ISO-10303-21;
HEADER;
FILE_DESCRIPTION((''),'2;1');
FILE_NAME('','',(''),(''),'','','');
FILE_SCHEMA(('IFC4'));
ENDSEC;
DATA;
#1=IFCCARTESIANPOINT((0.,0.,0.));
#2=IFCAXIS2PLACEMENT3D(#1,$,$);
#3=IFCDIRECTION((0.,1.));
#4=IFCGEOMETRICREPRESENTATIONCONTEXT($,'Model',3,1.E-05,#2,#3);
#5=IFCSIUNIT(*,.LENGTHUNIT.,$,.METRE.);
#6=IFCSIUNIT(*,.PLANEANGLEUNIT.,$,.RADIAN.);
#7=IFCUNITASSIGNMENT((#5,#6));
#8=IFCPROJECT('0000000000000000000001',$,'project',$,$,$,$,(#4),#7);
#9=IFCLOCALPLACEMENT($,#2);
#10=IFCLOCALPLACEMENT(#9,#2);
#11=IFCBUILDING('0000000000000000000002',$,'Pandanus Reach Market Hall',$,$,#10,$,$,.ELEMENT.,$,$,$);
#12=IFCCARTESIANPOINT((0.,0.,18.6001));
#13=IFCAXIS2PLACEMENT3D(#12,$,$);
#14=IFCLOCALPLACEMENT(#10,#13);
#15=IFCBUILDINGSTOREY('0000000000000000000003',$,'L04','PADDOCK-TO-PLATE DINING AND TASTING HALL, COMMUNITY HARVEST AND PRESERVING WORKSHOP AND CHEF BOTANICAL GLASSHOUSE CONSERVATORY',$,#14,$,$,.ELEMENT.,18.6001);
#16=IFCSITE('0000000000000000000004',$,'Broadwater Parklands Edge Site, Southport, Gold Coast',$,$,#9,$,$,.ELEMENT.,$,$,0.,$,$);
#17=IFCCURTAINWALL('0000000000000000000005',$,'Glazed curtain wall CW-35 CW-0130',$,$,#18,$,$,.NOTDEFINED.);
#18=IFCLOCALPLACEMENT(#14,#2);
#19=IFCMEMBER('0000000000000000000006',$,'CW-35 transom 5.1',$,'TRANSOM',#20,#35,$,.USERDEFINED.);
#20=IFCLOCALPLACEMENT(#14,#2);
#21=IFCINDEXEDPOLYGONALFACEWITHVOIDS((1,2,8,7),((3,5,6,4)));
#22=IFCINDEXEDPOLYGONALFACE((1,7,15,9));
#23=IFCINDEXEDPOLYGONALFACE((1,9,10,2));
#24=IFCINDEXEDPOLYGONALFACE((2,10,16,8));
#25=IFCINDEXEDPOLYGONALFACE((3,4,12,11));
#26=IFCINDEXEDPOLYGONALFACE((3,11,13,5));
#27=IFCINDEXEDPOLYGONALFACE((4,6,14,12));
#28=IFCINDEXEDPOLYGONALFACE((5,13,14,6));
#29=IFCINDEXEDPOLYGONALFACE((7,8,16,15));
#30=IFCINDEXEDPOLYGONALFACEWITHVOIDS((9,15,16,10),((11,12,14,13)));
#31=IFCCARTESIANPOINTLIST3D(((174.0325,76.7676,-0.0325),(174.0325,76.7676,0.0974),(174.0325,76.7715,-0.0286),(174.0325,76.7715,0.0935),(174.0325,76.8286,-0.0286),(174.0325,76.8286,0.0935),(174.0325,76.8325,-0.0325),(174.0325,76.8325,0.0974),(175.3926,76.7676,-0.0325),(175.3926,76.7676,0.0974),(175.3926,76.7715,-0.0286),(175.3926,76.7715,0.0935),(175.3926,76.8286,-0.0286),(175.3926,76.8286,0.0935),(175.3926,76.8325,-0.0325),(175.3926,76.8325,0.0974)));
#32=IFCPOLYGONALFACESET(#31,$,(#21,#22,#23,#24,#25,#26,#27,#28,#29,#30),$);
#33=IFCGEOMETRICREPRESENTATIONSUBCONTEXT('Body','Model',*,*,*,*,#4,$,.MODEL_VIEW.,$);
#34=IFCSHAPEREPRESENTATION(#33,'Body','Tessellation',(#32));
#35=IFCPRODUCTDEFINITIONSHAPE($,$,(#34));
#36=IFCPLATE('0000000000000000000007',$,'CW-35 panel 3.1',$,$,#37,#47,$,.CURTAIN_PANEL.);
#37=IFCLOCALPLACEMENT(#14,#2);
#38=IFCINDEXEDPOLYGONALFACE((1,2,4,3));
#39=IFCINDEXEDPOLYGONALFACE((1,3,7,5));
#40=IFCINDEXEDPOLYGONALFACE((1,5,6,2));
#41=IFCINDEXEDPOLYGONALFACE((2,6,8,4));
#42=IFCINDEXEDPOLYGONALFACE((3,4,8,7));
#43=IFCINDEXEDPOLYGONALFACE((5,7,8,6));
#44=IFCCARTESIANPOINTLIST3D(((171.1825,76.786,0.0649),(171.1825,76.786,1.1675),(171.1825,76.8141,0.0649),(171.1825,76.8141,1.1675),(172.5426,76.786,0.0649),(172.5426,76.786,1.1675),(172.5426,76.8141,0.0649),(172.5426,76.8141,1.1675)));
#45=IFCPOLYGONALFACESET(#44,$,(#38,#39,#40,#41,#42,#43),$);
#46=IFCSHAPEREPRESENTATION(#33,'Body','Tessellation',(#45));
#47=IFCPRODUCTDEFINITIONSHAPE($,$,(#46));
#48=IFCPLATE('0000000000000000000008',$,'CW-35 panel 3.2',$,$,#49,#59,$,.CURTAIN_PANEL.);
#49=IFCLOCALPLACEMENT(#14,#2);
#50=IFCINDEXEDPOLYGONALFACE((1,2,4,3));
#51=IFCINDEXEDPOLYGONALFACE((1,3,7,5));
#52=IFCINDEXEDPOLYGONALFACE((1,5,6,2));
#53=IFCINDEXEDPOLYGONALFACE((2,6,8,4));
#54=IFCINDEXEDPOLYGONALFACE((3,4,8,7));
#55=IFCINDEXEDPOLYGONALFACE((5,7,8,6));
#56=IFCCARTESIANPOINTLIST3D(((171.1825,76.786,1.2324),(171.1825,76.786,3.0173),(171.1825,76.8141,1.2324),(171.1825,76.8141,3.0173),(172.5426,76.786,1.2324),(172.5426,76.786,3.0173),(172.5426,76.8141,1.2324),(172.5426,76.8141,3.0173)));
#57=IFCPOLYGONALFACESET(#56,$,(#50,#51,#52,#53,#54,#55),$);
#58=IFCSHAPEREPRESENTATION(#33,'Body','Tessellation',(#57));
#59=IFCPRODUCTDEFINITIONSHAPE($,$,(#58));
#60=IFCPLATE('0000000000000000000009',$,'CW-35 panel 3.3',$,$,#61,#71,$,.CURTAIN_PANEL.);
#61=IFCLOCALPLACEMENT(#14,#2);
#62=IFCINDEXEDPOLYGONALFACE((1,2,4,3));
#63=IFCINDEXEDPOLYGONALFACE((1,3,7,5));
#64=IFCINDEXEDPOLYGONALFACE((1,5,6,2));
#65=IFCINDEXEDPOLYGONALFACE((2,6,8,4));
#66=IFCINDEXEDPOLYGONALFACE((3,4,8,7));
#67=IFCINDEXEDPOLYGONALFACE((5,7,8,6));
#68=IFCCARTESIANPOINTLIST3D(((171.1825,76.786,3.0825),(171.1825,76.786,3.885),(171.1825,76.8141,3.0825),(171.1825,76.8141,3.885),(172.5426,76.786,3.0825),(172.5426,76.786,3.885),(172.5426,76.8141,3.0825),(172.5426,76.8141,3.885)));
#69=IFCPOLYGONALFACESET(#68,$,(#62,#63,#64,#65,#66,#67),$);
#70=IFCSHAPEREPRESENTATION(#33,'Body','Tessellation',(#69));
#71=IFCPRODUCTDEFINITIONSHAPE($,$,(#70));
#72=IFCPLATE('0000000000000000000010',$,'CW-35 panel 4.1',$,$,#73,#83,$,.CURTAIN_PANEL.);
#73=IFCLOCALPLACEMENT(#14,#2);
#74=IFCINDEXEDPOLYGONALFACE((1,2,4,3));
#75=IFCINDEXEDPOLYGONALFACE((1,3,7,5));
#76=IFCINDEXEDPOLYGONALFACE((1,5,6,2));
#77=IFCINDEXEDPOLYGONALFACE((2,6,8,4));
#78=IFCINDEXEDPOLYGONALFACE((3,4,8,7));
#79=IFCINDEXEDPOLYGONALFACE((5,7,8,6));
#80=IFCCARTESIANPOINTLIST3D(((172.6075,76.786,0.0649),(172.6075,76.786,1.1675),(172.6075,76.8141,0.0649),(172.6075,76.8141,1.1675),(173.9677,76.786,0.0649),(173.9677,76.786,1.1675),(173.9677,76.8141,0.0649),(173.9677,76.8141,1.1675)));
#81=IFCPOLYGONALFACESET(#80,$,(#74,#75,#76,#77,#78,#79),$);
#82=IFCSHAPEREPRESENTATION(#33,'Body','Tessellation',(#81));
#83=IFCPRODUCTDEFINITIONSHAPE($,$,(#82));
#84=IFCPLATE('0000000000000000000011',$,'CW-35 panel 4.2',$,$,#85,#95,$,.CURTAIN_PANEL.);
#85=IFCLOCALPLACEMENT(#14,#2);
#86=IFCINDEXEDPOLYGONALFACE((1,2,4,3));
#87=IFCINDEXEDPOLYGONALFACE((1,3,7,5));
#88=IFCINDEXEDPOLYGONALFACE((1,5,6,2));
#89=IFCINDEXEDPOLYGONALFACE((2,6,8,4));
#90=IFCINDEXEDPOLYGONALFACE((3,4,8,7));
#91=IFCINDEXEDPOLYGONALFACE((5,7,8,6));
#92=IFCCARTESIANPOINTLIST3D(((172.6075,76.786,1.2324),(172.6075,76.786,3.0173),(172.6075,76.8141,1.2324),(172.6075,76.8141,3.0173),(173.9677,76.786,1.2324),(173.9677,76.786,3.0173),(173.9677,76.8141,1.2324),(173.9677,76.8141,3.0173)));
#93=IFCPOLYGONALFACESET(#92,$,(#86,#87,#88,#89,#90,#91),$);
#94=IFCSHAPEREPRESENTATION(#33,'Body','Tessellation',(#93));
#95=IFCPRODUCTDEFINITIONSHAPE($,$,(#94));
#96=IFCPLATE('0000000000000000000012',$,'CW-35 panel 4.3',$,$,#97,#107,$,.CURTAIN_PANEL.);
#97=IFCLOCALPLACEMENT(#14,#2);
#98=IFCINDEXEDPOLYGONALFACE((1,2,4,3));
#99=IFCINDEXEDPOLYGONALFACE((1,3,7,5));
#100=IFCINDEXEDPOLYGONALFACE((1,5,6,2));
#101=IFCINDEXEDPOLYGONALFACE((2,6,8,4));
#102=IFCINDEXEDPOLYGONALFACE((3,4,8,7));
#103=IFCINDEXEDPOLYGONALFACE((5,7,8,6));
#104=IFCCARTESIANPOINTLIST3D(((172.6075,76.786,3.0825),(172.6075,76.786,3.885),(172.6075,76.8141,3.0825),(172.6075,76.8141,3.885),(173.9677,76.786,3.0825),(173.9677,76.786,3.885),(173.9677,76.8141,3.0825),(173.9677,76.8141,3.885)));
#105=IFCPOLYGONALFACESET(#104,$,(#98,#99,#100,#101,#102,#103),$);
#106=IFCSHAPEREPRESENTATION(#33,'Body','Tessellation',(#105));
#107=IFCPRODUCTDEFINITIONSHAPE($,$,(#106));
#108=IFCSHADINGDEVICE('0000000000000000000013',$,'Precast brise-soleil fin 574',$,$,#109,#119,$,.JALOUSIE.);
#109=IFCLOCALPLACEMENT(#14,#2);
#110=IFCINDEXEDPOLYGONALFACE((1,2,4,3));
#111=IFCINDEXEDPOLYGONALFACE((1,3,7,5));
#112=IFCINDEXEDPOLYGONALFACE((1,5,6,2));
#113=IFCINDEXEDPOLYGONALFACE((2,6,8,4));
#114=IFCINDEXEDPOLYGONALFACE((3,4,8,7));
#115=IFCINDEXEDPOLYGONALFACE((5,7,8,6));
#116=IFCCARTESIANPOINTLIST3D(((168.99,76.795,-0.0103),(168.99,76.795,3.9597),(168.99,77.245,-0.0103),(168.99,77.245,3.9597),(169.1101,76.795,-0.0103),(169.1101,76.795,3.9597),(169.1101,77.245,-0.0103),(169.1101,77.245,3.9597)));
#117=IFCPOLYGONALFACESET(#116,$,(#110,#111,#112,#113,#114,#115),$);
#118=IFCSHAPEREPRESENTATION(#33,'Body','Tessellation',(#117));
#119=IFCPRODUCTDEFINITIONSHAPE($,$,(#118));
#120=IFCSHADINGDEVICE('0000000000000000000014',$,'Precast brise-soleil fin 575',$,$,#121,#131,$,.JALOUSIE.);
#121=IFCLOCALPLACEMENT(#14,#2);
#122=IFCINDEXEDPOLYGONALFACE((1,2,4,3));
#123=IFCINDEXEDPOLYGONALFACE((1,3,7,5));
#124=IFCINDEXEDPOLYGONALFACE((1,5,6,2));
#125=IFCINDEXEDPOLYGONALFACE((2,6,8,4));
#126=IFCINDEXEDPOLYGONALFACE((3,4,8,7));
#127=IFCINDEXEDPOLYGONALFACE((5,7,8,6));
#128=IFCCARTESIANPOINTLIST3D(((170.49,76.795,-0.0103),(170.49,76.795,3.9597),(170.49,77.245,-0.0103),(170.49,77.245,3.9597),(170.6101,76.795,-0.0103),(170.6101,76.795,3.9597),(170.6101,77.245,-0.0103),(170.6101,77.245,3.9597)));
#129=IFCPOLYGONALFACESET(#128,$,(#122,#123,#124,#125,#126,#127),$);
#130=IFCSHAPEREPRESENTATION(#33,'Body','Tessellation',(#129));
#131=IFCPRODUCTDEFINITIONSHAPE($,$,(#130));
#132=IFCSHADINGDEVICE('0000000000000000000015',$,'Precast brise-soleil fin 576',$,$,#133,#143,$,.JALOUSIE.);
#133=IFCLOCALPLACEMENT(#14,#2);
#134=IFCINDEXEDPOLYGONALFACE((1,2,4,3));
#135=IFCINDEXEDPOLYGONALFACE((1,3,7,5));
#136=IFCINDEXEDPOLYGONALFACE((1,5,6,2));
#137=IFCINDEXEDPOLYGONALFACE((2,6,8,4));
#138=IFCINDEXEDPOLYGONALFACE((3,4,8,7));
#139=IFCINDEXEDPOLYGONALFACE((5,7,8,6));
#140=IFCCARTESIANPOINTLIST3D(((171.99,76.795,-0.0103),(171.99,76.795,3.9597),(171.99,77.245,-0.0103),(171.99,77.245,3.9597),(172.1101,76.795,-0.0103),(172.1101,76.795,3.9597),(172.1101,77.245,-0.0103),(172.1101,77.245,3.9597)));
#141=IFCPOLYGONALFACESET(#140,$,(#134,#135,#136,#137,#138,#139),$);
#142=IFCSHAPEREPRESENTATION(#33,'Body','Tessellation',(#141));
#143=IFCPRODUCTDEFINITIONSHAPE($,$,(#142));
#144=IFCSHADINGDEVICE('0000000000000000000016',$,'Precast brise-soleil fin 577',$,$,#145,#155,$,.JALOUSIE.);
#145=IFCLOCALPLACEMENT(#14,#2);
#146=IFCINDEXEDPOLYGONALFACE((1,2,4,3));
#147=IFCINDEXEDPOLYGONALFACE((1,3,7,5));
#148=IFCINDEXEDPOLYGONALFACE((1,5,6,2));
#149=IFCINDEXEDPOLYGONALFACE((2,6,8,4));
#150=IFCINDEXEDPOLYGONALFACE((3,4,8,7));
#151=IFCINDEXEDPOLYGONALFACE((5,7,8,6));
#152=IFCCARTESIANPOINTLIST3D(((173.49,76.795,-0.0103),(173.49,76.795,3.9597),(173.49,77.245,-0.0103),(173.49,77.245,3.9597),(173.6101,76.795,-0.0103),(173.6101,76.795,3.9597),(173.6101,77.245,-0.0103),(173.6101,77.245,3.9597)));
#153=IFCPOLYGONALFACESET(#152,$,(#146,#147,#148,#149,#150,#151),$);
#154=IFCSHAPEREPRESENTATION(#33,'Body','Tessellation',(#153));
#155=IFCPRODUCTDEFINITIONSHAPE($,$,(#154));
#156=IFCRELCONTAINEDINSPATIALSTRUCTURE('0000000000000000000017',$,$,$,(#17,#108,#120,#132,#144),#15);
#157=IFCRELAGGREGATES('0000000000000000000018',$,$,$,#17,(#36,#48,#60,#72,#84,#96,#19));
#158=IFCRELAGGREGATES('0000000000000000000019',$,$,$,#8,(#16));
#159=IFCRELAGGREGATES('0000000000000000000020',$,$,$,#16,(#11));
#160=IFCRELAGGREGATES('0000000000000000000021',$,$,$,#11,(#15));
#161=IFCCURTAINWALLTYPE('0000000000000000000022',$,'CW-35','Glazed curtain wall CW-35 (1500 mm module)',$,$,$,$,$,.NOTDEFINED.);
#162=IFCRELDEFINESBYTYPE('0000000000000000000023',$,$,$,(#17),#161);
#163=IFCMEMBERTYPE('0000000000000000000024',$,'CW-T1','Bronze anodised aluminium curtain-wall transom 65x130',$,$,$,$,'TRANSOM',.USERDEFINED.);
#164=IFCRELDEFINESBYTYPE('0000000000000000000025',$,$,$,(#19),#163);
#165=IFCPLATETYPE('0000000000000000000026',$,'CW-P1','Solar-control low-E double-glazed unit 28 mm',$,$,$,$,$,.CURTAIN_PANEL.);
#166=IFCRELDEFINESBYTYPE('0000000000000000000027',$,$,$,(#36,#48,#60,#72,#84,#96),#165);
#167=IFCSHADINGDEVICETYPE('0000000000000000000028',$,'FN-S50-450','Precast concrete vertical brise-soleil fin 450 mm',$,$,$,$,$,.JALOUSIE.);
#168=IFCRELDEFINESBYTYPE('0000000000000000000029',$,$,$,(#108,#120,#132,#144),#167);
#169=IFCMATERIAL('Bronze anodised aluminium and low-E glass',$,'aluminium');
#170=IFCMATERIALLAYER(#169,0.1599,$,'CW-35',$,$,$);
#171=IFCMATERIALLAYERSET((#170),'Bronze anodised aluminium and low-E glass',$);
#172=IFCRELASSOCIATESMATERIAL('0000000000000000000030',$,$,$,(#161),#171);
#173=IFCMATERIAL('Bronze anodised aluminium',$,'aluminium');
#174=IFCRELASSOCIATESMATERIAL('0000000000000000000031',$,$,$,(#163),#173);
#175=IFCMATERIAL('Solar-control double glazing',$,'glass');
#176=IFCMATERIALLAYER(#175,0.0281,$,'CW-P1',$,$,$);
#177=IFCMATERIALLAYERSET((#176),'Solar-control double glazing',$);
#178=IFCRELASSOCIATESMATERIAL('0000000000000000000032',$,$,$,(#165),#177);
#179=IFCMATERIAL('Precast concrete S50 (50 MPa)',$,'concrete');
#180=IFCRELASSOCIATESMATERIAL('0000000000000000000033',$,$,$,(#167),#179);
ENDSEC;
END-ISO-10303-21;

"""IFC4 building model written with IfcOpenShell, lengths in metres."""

from ifc_helpers import new_model, si_unit, direction, frame, origin, origin_2d, place, context, subcontext, project, spatial, rectangle, hollow_rectangle, extrude, material, layer, layer_set, material_profile, profile_set, type_object, element, aggregate, save


model = new_model("IFC4")

# Units and contexts
model_context = context("Model", 3, precision=1e-05, world=origin(), true_north=direction((0.0, 1.0)))
body_context = subcontext(model_context, "Body", "Model", "MODEL_VIEW")
ifc_project = project(units=[si_unit("LENGTHUNIT", "METRE"), si_unit("PLANEANGLEUNIT", "RADIAN")], contexts=[model_context])

# Site, building, storey
site_placement = place(None, origin())
site = spatial("IfcSite", under=ifc_project, at=site_placement, Name="Broadwater Parklands Edge Site, Southport, Gold Coast", CompositionType="ELEMENT", RefElevation=0.0)
building_placement = place(site_placement, origin())
building = spatial("IfcBuilding", under=site, at=building_placement, Name="Pandanus Reach Market Hall", CompositionType="ELEMENT")
storey_placement = place(building_placement, frame((0.0, 0.0, 18.6001)))
storey = spatial("IfcBuildingStorey", under=building, at=storey_placement, Name="L04", Description="PADDOCK-TO-PLATE DINING AND TASTING HALL, COMMUNITY HARVEST AND PRESERVING WORKSHOP AND CHEF BOTANICAL GLASSHOUSE CONSERVATORY", CompositionType="ELEMENT", Elevation=18.6001)

# Curtain wall, member, plates
ifc_material_1 = material(Name="Bronze anodised aluminium and low-E glass", Category="aluminium")
ifc_layer_1 = layer(ifc_material_1, 0.1599, Name="CW-35")
ifc_layer_set_1 = layer_set([ifc_layer_1], Name="Bronze anodised aluminium and low-E glass")
curtain_wall_type = type_object("IfcCurtainWallType", Name="CW-35", Description="Glazed curtain wall CW-35 (1500 mm module)", PredefinedType="NOTDEFINED", material=ifc_layer_set_1)
curtain_wall_placement = place(storey_placement, origin())
curtain_wall = element("IfcCurtainWall", 1, at=curtain_wall_placement, inside=storey, type_object=curtain_wall_type, Name="Glazed curtain wall CW-35 CW-0130", PredefinedType="NOTDEFINED")
ifc_material_2 = material(Name="Bronze anodised aluminium", Category="aluminium")
ifc_material_profile_1 = material_profile(ifc_material_2, hollow_rectangle(XDim=0.0649, YDim=0.1299, WallThickness=0.0039, at=origin_2d()), Name="ALU65x130", Category="LoadBearing")
ifc_profile_set_1 = profile_set([ifc_material_profile_1], Name="Bronze anodised aluminium")
member_type_1 = type_object("IfcMemberType", Name="CW-T1", Description="Bronze anodised aluminium curtain-wall transom 65x130", ElementType="TRANSOM", PredefinedType="USERDEFINED", material=ifc_profile_set_1)
member_1_placement = place(storey_placement, frame((174.0325, 76.8, 0.0325), z_axis=(1.0, 0.0, 0.0), x_axis=(0.0, 1.0, 0.0)))
member_1 = element("IfcMember", 2, at=member_1_placement, type_object=member_type_1, Name="CW-35 transom 5.1", ObjectType="TRANSOM", PredefinedType="USERDEFINED", context=body_context, shape_type="SweptSolid", body=[
    extrude(hollow_rectangle(XDim=0.0649, YDim=0.1299, WallThickness=0.0039, at=origin_2d()), origin(), (0.0, 0.0, 1.0), 1.3601),
])
ifc_material_3 = material(Name="Solar-control double glazing", Category="glass")
ifc_layer_2 = layer(ifc_material_3, 0.0281, Name="CW-P1")
ifc_layer_set_2 = layer_set([ifc_layer_2], Name="Solar-control double glazing")
plate_type = type_object("IfcPlateType", Name="CW-P1", Description="Solar-control low-E double-glazed unit 28 mm", PredefinedType="CURTAIN_PANEL", material=ifc_layer_set_2)
plate_1_placement = place(storey_placement, frame((171.8625, 76.8, 0.0649), z_axis=(0.0, 0.0, 1.0), x_axis=(1.0, 0.0, 0.0)))
plate_1 = element("IfcPlate", 3, at=plate_1_placement, type_object=plate_type, Name="CW-35 panel 3.1", PredefinedType="CURTAIN_PANEL", context=body_context, shape_type="SweptSolid", body=[
    extrude(rectangle(XDim=1.3601, YDim=0.0281, at=origin_2d()), origin(), (0.0, 0.0, 1.0), 1.1025),
])
plate_2_placement = place(storey_placement, frame((171.8625, 76.8, 1.2324), z_axis=(0.0, 0.0, 1.0), x_axis=(1.0, 0.0, 0.0)))
plate_2 = element("IfcPlate", 4, at=plate_2_placement, type_object=plate_type, Name="CW-35 panel 3.2", PredefinedType="CURTAIN_PANEL", context=body_context, shape_type="SweptSolid", body=[
    extrude(rectangle(XDim=1.3601, YDim=0.0281, at=origin_2d()), origin(), (0.0, 0.0, 1.0), 1.7849),
])
plate_3_placement = place(storey_placement, frame((171.8625, 76.8, 3.0825), z_axis=(0.0, 0.0, 1.0), x_axis=(1.0, 0.0, 0.0)))
plate_3 = element("IfcPlate", 5, at=plate_3_placement, type_object=plate_type, Name="CW-35 panel 3.3", PredefinedType="CURTAIN_PANEL", context=body_context, shape_type="SweptSolid", body=[
    extrude(rectangle(XDim=1.3601, YDim=0.0281, at=origin_2d()), origin(), (0.0, 0.0, 1.0), 0.8025),
])
plate_4_placement = place(storey_placement, frame((173.2876, 76.8, 0.0649), z_axis=(0.0, 0.0, 1.0), x_axis=(1.0, 0.0, 0.0)))
plate_4 = element("IfcPlate", 6, at=plate_4_placement, type_object=plate_type, Name="CW-35 panel 4.1", PredefinedType="CURTAIN_PANEL", context=body_context, shape_type="SweptSolid", body=[
    extrude(rectangle(XDim=1.3601, YDim=0.0281, at=origin_2d()), origin(), (0.0, 0.0, 1.0), 1.1025),
])
plate_5_placement = place(storey_placement, frame((173.2876, 76.8, 1.2324), z_axis=(0.0, 0.0, 1.0), x_axis=(1.0, 0.0, 0.0)))
plate_5 = element("IfcPlate", 7, at=plate_5_placement, type_object=plate_type, Name="CW-35 panel 4.2", PredefinedType="CURTAIN_PANEL", context=body_context, shape_type="SweptSolid", body=[
    extrude(rectangle(XDim=1.3601, YDim=0.0281, at=origin_2d()), origin(), (0.0, 0.0, 1.0), 1.7849),
])
plate_6_placement = place(storey_placement, frame((173.2876, 76.8, 3.0825), z_axis=(0.0, 0.0, 1.0), x_axis=(1.0, 0.0, 0.0)))
plate_6 = element("IfcPlate", 8, at=plate_6_placement, type_object=plate_type, Name="CW-35 panel 4.3", PredefinedType="CURTAIN_PANEL", context=body_context, shape_type="SweptSolid", body=[
    extrude(rectangle(XDim=1.3601, YDim=0.0281, at=origin_2d()), origin(), (0.0, 0.0, 1.0), 0.8025),
])
aggregate(curtain_wall, [plate_1, plate_2, plate_3, plate_4, plate_5, plate_6, member_1])

# Shading devices
ifc_material_4 = material(Name="Precast concrete S50 (50 MPa)", Category="concrete")
shading_device_type = type_object("IfcShadingDeviceType", Name="FN-S50-450", Description="Precast concrete vertical brise-soleil fin 450 mm", PredefinedType="JALOUSIE", material=ifc_material_4)
for number, where, z_axis, x_axis, name in (
    (9, (169.05, 77.02, -0.0103), (0.0, 0.0, 1.0), (0.0, 1.0, 0.0), "Precast brise-soleil fin 574"),
    (10, (170.55, 77.02, -0.0103), (0.0, 0.0, 1.0), (0.0, 1.0, 0.0), "Precast brise-soleil fin 575"),
    (11, (172.05, 77.02, -0.0103), (0.0, 0.0, 1.0), (0.0, 1.0, 0.0), "Precast brise-soleil fin 576"),
    (12, (173.55, 77.02, -0.0103), (0.0, 0.0, 1.0), (0.0, 1.0, 0.0), "Precast brise-soleil fin 577"),
):
    element("IfcShadingDevice", number, at=place(storey_placement, frame(where, z_axis=z_axis, x_axis=x_axis)), inside=storey, type_object=shading_device_type, Name=name, PredefinedType="JALOUSIE", context=body_context, shape_type="SweptSolid", body=[
        extrude(rectangle(XDim=0.45, YDim=0.1201, at=origin_2d()), origin(), (0.0, 0.0, 1.0), 3.97),
    ])

save(model, "model.ifc")
